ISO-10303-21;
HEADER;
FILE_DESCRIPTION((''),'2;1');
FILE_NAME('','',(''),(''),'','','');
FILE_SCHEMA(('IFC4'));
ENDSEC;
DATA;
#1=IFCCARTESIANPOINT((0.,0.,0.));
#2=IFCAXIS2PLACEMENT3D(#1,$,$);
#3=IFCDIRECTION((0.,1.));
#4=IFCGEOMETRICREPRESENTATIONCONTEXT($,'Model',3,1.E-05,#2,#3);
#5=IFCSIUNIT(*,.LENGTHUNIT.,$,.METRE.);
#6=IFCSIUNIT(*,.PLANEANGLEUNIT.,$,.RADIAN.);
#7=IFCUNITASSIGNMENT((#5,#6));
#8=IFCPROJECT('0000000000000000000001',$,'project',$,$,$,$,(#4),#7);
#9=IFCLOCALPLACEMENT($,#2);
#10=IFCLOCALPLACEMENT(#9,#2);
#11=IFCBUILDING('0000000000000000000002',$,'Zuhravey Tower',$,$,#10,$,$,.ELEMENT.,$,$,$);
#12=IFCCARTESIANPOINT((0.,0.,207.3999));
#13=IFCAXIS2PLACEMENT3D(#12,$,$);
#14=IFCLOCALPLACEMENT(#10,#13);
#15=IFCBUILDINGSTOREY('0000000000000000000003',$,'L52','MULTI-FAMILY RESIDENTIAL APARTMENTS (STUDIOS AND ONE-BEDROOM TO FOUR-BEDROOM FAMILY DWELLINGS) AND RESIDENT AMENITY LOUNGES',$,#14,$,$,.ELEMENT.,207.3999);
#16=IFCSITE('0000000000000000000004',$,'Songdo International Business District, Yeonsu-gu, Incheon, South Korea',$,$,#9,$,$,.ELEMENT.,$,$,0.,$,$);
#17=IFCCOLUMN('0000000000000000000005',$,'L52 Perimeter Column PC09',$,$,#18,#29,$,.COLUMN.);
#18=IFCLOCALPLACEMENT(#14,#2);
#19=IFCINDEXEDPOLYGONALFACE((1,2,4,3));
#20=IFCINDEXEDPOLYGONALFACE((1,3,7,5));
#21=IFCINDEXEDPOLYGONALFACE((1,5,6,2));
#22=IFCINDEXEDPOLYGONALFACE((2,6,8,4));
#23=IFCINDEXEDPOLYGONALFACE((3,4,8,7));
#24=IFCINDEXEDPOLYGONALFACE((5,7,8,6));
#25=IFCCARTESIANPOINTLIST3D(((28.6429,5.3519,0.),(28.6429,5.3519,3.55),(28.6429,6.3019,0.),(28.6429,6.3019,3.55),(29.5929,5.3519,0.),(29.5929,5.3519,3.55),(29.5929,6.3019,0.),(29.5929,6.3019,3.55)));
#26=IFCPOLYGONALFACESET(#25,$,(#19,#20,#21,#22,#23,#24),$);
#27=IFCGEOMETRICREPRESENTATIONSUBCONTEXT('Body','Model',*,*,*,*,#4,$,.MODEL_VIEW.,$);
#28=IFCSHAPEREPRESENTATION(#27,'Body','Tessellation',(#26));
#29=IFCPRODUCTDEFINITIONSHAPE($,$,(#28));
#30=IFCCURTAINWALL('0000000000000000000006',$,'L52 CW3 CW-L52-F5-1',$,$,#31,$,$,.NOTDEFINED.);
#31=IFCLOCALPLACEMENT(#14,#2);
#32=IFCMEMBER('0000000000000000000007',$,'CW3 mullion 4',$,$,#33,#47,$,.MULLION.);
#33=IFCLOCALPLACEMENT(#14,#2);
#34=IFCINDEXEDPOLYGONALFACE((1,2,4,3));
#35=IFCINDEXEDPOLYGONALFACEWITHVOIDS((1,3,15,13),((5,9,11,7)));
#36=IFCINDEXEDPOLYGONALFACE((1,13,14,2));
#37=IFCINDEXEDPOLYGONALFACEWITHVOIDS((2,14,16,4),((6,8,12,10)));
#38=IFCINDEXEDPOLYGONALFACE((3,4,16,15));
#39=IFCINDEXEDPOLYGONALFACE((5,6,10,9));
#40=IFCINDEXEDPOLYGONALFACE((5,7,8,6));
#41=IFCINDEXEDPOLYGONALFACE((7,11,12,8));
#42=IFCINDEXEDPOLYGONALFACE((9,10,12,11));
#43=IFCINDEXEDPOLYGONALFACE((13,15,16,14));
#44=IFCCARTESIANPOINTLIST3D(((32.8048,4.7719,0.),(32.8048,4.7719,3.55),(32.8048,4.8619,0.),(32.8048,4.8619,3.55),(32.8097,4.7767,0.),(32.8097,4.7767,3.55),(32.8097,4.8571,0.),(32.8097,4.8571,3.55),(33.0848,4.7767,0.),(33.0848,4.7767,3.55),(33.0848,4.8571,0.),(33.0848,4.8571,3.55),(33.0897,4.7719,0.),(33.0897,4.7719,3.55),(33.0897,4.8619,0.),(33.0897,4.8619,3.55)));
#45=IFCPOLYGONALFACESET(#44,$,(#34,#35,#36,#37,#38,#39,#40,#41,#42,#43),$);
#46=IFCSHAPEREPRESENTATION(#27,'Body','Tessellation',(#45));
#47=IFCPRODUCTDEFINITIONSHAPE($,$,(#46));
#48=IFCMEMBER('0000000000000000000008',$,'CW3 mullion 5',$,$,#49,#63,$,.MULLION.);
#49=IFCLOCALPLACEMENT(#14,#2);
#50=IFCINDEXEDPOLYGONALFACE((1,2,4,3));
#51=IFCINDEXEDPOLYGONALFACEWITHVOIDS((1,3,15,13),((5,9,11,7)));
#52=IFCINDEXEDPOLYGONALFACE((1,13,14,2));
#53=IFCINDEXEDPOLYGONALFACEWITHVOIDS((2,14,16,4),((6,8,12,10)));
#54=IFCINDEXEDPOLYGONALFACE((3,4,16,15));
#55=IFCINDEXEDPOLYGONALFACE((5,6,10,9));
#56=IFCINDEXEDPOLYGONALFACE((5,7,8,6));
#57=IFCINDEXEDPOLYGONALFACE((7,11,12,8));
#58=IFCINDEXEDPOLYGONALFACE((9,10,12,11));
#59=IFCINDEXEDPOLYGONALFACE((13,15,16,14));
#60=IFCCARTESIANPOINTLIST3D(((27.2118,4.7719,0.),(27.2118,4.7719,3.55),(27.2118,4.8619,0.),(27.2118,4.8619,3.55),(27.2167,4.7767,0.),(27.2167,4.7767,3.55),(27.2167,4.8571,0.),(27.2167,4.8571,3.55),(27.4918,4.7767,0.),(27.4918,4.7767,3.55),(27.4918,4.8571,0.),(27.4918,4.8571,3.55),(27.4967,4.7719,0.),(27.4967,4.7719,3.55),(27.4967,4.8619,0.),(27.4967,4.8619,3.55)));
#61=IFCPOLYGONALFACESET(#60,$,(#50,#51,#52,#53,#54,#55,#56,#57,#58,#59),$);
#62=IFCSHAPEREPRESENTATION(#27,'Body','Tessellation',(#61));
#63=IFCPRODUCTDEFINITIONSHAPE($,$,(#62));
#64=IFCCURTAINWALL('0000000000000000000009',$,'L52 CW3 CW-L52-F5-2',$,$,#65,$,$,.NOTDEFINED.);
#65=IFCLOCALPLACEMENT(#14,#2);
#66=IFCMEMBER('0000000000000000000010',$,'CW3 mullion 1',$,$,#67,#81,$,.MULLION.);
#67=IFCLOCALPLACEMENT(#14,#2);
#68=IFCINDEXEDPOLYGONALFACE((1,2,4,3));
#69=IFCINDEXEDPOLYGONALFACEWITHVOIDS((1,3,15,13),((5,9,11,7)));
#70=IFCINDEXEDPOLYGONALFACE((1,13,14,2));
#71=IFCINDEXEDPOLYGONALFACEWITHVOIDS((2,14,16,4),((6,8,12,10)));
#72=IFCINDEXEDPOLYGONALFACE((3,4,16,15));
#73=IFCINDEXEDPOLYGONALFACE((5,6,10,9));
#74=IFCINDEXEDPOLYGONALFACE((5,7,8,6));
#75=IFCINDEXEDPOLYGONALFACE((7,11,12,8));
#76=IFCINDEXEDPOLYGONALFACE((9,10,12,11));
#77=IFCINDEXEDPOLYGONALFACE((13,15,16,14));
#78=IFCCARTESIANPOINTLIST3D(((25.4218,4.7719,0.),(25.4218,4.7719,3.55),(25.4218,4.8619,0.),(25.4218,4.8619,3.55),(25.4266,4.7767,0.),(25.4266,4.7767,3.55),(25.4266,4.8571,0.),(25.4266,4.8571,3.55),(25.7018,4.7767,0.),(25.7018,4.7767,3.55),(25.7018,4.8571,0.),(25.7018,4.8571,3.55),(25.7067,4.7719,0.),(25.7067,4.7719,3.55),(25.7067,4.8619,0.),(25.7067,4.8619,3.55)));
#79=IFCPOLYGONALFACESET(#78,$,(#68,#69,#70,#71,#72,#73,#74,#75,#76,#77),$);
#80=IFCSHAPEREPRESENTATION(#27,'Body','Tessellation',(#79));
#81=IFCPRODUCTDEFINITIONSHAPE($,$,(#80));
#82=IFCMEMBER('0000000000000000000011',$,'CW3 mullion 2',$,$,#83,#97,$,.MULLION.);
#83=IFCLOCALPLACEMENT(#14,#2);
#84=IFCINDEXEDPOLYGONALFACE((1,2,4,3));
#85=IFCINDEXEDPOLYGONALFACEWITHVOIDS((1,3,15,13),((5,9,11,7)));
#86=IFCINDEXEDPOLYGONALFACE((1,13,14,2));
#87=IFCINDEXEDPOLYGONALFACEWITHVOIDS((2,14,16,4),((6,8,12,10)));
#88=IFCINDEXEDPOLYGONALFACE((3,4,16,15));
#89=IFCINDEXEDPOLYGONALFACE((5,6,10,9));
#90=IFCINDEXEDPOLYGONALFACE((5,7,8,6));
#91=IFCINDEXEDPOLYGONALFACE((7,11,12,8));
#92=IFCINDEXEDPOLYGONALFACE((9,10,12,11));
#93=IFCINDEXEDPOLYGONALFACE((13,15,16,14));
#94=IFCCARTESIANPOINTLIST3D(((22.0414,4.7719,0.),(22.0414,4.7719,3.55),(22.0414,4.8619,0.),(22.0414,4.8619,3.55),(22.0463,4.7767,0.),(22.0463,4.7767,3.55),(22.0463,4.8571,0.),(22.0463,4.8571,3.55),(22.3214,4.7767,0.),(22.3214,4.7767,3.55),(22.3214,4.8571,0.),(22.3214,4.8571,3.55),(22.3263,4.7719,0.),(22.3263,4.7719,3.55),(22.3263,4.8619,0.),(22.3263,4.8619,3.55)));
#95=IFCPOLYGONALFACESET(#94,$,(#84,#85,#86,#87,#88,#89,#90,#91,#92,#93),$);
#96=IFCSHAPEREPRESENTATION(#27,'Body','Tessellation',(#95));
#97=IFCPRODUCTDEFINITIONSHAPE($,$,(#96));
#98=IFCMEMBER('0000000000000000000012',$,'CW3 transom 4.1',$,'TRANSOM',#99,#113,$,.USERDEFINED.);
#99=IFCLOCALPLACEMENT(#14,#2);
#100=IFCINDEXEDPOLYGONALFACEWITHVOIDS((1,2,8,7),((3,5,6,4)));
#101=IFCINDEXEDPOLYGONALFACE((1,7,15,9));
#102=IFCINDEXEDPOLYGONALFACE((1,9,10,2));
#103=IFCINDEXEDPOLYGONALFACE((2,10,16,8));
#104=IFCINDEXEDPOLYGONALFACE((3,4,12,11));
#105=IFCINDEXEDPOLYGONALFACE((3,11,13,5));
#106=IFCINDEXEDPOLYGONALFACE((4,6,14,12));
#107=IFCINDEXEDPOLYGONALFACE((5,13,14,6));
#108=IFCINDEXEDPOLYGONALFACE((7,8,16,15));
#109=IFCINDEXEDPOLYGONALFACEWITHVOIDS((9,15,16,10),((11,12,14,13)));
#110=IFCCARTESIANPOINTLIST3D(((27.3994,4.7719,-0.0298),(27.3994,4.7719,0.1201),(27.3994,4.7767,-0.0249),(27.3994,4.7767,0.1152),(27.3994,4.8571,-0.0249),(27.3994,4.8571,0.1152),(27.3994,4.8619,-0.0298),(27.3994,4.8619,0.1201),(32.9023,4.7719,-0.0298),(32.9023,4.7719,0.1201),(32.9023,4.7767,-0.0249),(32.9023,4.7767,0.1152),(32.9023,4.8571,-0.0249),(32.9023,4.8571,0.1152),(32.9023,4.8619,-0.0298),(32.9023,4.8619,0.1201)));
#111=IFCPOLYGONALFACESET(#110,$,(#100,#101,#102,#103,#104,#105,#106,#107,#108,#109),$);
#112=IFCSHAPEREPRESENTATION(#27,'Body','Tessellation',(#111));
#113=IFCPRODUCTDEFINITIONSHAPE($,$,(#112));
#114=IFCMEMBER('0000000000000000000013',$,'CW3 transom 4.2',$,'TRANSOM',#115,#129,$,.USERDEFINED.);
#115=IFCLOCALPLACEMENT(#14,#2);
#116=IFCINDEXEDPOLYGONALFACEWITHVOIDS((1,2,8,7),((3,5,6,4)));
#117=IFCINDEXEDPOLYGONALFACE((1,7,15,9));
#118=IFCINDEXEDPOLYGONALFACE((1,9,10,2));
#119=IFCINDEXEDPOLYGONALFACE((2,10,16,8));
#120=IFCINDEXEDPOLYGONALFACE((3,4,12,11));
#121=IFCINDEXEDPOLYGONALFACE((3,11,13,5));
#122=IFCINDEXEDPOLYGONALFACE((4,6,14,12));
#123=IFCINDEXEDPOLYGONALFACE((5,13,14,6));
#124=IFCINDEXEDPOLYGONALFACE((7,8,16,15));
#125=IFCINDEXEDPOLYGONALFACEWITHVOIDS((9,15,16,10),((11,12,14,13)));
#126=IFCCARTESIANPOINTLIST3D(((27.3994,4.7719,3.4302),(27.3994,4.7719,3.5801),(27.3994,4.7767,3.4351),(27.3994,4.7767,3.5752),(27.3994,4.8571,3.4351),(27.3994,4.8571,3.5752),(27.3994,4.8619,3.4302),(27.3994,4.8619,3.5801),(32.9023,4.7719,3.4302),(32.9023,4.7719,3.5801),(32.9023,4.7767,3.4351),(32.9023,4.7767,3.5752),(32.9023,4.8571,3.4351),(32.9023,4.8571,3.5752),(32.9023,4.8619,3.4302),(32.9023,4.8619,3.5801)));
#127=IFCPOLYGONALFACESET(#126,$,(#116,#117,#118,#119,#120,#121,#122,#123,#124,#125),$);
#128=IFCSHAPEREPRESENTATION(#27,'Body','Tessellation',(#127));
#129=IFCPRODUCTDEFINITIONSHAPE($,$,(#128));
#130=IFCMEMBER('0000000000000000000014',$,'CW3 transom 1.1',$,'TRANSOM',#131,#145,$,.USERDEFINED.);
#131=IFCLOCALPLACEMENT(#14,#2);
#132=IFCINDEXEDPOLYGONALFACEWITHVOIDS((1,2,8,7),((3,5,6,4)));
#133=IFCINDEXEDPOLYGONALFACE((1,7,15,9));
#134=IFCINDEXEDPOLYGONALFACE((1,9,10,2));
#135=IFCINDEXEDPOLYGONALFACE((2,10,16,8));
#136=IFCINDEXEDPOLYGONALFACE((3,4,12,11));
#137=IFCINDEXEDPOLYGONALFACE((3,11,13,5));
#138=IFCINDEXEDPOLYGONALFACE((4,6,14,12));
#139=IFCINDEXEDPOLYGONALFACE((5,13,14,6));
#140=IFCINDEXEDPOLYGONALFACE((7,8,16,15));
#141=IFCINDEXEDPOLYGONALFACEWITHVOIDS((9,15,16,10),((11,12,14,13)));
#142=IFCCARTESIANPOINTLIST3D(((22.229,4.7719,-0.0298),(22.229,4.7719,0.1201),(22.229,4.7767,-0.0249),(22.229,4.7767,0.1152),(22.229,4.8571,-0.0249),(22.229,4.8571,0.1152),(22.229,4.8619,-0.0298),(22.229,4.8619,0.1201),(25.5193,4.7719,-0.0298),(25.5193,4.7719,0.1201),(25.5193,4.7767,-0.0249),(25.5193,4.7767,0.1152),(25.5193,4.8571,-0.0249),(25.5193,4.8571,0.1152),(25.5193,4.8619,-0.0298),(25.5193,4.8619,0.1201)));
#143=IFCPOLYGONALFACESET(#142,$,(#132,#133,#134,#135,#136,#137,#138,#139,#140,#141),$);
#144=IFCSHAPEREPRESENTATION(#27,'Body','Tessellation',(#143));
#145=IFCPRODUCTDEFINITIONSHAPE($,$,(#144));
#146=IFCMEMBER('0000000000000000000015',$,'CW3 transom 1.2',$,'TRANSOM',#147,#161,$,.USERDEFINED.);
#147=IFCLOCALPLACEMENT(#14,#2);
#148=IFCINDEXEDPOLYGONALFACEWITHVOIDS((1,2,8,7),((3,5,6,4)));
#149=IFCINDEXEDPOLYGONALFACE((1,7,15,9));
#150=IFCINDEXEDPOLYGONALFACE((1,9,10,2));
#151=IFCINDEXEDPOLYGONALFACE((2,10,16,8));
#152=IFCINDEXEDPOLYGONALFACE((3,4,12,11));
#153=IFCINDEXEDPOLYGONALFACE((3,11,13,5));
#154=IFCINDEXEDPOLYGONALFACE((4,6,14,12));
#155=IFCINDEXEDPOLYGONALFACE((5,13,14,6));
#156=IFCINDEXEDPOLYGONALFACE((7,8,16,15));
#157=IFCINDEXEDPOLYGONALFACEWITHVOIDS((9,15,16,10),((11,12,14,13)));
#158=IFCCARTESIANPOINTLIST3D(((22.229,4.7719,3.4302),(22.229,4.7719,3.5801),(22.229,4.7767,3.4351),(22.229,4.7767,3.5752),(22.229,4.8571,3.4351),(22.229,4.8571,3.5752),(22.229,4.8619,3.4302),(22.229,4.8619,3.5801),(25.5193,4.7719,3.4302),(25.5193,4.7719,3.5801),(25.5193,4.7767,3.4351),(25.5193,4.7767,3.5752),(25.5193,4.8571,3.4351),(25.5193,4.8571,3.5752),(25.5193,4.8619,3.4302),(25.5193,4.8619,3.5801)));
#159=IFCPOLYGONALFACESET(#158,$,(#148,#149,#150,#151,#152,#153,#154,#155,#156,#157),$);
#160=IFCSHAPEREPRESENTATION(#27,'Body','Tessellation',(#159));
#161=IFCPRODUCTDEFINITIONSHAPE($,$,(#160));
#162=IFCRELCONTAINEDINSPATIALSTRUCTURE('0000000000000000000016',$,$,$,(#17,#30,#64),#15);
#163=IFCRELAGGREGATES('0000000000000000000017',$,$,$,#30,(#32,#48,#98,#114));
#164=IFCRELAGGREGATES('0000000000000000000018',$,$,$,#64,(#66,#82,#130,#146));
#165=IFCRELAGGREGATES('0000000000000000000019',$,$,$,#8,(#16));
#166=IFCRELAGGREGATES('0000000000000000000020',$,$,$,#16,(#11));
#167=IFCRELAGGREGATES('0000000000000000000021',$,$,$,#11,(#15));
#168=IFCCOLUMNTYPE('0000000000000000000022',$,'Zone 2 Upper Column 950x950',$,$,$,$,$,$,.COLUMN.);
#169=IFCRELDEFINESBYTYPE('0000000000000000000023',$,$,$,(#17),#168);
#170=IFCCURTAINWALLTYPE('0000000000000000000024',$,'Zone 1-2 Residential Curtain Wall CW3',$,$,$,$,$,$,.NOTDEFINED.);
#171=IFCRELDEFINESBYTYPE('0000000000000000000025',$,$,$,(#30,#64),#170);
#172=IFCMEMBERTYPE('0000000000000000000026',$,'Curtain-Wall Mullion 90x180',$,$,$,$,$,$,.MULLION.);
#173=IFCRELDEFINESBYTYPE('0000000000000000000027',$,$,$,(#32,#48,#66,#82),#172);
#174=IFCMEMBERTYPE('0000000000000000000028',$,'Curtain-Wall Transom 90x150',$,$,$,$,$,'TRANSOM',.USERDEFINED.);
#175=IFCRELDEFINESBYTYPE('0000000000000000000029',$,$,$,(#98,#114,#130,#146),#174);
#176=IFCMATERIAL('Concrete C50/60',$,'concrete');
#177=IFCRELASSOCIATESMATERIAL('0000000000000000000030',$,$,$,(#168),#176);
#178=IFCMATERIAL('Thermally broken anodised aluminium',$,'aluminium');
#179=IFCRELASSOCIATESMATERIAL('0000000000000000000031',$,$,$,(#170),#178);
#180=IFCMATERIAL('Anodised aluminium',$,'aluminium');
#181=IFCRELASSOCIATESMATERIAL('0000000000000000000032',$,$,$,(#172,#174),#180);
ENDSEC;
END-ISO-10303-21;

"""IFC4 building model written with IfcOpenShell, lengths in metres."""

from ifc_helpers import new_model, si_unit, direction, frame, origin, origin_2d, place, context, subcontext, project, spatial, rectangle, hollow_rectangle, extrude, material, material_profile, profile_set, type_object, element, aggregate, save


model = new_model("IFC4")

# Units and contexts
model_context = context("Model", 3, precision=1e-05, world=origin(), true_north=direction((0.0, 1.0)))
body_context = subcontext(model_context, "Body", "Model", "MODEL_VIEW")
ifc_project = project(units=[si_unit("LENGTHUNIT", "METRE"), si_unit("PLANEANGLEUNIT", "RADIAN")], contexts=[model_context])

# Site, building, storey
site_placement = place(None, origin())
site = spatial("IfcSite", under=ifc_project, at=site_placement, Name="Songdo International Business District, Yeonsu-gu, Incheon, South Korea", CompositionType="ELEMENT", RefElevation=0.0)
building_placement = place(site_placement, origin())
building = spatial("IfcBuilding", under=site, at=building_placement, Name="Zuhravey Tower", CompositionType="ELEMENT")
storey_placement = place(building_placement, frame((0.0, 0.0, 207.3999)))
storey = spatial("IfcBuildingStorey", under=building, at=storey_placement, Name="L52", Description="MULTI-FAMILY RESIDENTIAL APARTMENTS (STUDIOS AND ONE-BEDROOM TO FOUR-BEDROOM FAMILY DWELLINGS) AND RESIDENT AMENITY LOUNGES", CompositionType="ELEMENT", Elevation=207.3999)

# Column
ifc_material_1 = material(Name="Concrete C50/60", Category="concrete")
ifc_material_profile_1 = material_profile(ifc_material_1, rectangle(XDim=0.95, YDim=0.95, at=origin_2d()), Name="RC-950x950")
ifc_profile_set_1 = profile_set([ifc_material_profile_1], Name="Concrete C50/60")
column_type = type_object("IfcColumnType", Name="Zone 2 Upper Column 950x950", PredefinedType="COLUMN", material=ifc_profile_set_1)
column_placement = place(storey_placement, frame((29.1179, 5.8269, 0.0), z_axis=(0.0, 0.0, 1.0), x_axis=(1.0, 0.0, 0.0)))
element("IfcColumn", 1, at=column_placement, inside=storey, type_object=column_type, Name="L52 Perimeter Column PC09", PredefinedType="COLUMN", context=body_context, shape_type="SweptSolid", body=[
    extrude(rectangle(XDim=0.95, YDim=0.95, at=origin_2d()), origin(), (0.0, 0.0, 1.0), 3.55),
])

# Curtain walls, members
ifc_material_2 = material(Name="Thermally broken anodised aluminium", Category="aluminium")
curtain_wall_type = type_object("IfcCurtainWallType", Name="Zone 1-2 Residential Curtain Wall CW3", PredefinedType="NOTDEFINED", material=ifc_material_2)
curtain_wall_1_placement = place(storey_placement, origin())
curtain_wall_1 = element("IfcCurtainWall", 2, at=curtain_wall_1_placement, inside=storey, type_object=curtain_wall_type, Name="L52 CW3 CW-L52-F5-1", PredefinedType="NOTDEFINED")
ifc_material_3 = material(Name="Anodised aluminium", Category="aluminium")
ifc_material_profile_2 = material_profile(ifc_material_3, hollow_rectangle(XDim=0.0901, YDim=0.2849, WallThickness=0.0049, at=origin_2d()), Name="ALU-RHS-90x285x5")
ifc_profile_set_2 = profile_set([ifc_material_profile_2], Name="Anodised aluminium")
member_type_1 = type_object("IfcMemberType", Name="Curtain-Wall Mullion 90x180", PredefinedType="MULLION", material=ifc_profile_set_2)
member_1_placement = place(storey_placement, frame((32.9473, 4.8169, 0.0), z_axis=(0.0, 0.0, 1.0), x_axis=(0.0, -1.0, 0.0)))
member_1 = element("IfcMember", 3, at=member_1_placement, type_object=member_type_1, Name="CW3 mullion 4", PredefinedType="MULLION", context=body_context, shape_type="SweptSolid", body=[
    extrude(hollow_rectangle(XDim=0.0901, YDim=0.2849, WallThickness=0.0049, at=origin_2d()), origin(), (0.0, 0.0, 1.0), 3.55),
])
member_2_placement = place(storey_placement, frame((27.3542, 4.8169, 0.0), z_axis=(0.0, 0.0, 1.0), x_axis=(0.0, -1.0, 0.0)))
member_2 = element("IfcMember", 4, at=member_2_placement, type_object=member_type_1, Name="CW3 mullion 5", PredefinedType="MULLION", context=body_context, shape_type="SweptSolid", body=[
    extrude(hollow_rectangle(XDim=0.0901, YDim=0.2849, WallThickness=0.0049, at=origin_2d()), origin(), (0.0, 0.0, 1.0), 3.55),
])
curtain_wall_2_placement = place(storey_placement, origin())
curtain_wall_2 = element("IfcCurtainWall", 5, at=curtain_wall_2_placement, inside=storey, type_object=curtain_wall_type, Name="L52 CW3 CW-L52-F5-2", PredefinedType="NOTDEFINED")
member_3_placement = place(storey_placement, frame((25.5642, 4.8169, 0.0), z_axis=(0.0, 0.0, 1.0), x_axis=(0.0, -1.0, 0.0)))
member_3 = element("IfcMember", 6, at=member_3_placement, type_object=member_type_1, Name="CW3 mullion 1", PredefinedType="MULLION", context=body_context, shape_type="SweptSolid", body=[
    extrude(hollow_rectangle(XDim=0.0901, YDim=0.2849, WallThickness=0.0049, at=origin_2d()), origin(), (0.0, 0.0, 1.0), 3.55),
])
member_4_placement = place(storey_placement, frame((22.1838, 4.8169, 0.0), z_axis=(0.0, 0.0, 1.0), x_axis=(0.0, -1.0, 0.0)))
member_4 = element("IfcMember", 7, at=member_4_placement, type_object=member_type_1, Name="CW3 mullion 2", PredefinedType="MULLION", context=body_context, shape_type="SweptSolid", body=[
    extrude(hollow_rectangle(XDim=0.0901, YDim=0.2849, WallThickness=0.0049, at=origin_2d()), origin(), (0.0, 0.0, 1.0), 3.55),
])

# Members
ifc_material_profile_3 = material_profile(ifc_material_3, hollow_rectangle(XDim=0.0901, YDim=0.1499, WallThickness=0.0049, at=origin_2d()), Name="ALU-RHS-90x150x5")
ifc_profile_set_3 = profile_set([ifc_material_profile_3], Name="Anodised aluminium")
member_type_2 = type_object("IfcMemberType", Name="Curtain-Wall Transom 90x150", ElementType="TRANSOM", PredefinedType="USERDEFINED", material=ifc_profile_set_3)
member_5_placement = place(storey_placement, frame((32.9023, 4.8169, 0.0452), z_axis=(-1.0, 0.0, 0.0), x_axis=(0.0, -1.0, 0.0)))
member_5 = element("IfcMember", 8, at=member_5_placement, type_object=member_type_2, Name="CW3 transom 4.1", ObjectType="TRANSOM", PredefinedType="USERDEFINED", context=body_context, shape_type="SweptSolid", body=[
    extrude(hollow_rectangle(XDim=0.0901, YDim=0.1499, WallThickness=0.0049, at=origin_2d()), origin(), (0.0, 0.0, 1.0), 5.5029),
])
member_6_placement = place(storey_placement, frame((32.9023, 4.8169, 3.5051), z_axis=(-1.0, 0.0, 0.0), x_axis=(0.0, -1.0, 0.0)))
member_6 = element("IfcMember", 9, at=member_6_placement, type_object=member_type_2, Name="CW3 transom 4.2", ObjectType="TRANSOM", PredefinedType="USERDEFINED", context=body_context, shape_type="SweptSolid", body=[
    extrude(hollow_rectangle(XDim=0.0901, YDim=0.1499, WallThickness=0.0049, at=origin_2d()), origin(), (0.0, 0.0, 1.0), 5.5029),
])
member_7_placement = place(storey_placement, frame((25.5193, 4.8169, 0.0452), z_axis=(-1.0, 0.0, 0.0), x_axis=(0.0, -1.0, 0.0)))
member_7 = element("IfcMember", 10, at=member_7_placement, type_object=member_type_2, Name="CW3 transom 1.1", ObjectType="TRANSOM", PredefinedType="USERDEFINED", context=body_context, shape_type="SweptSolid", body=[
    extrude(hollow_rectangle(XDim=0.0901, YDim=0.1499, WallThickness=0.0049, at=origin_2d()), origin(), (0.0, 0.0, 1.0), 3.2903),
])
member_8_placement = place(storey_placement, frame((25.5193, 4.8169, 3.5051), z_axis=(-1.0, 0.0, 0.0), x_axis=(0.0, -1.0, 0.0)))
member_8 = element("IfcMember", 11, at=member_8_placement, type_object=member_type_2, Name="CW3 transom 1.2", ObjectType="TRANSOM", PredefinedType="USERDEFINED", context=body_context, shape_type="SweptSolid", body=[
    extrude(hollow_rectangle(XDim=0.0901, YDim=0.1499, WallThickness=0.0049, at=origin_2d()), origin(), (0.0, 0.0, 1.0), 3.2903),
])

aggregate(curtain_wall_1, [member_1, member_2, member_5, member_6])
aggregate(curtain_wall_2, [member_3, member_4, member_7, member_8])

save(model, "model.ifc")
